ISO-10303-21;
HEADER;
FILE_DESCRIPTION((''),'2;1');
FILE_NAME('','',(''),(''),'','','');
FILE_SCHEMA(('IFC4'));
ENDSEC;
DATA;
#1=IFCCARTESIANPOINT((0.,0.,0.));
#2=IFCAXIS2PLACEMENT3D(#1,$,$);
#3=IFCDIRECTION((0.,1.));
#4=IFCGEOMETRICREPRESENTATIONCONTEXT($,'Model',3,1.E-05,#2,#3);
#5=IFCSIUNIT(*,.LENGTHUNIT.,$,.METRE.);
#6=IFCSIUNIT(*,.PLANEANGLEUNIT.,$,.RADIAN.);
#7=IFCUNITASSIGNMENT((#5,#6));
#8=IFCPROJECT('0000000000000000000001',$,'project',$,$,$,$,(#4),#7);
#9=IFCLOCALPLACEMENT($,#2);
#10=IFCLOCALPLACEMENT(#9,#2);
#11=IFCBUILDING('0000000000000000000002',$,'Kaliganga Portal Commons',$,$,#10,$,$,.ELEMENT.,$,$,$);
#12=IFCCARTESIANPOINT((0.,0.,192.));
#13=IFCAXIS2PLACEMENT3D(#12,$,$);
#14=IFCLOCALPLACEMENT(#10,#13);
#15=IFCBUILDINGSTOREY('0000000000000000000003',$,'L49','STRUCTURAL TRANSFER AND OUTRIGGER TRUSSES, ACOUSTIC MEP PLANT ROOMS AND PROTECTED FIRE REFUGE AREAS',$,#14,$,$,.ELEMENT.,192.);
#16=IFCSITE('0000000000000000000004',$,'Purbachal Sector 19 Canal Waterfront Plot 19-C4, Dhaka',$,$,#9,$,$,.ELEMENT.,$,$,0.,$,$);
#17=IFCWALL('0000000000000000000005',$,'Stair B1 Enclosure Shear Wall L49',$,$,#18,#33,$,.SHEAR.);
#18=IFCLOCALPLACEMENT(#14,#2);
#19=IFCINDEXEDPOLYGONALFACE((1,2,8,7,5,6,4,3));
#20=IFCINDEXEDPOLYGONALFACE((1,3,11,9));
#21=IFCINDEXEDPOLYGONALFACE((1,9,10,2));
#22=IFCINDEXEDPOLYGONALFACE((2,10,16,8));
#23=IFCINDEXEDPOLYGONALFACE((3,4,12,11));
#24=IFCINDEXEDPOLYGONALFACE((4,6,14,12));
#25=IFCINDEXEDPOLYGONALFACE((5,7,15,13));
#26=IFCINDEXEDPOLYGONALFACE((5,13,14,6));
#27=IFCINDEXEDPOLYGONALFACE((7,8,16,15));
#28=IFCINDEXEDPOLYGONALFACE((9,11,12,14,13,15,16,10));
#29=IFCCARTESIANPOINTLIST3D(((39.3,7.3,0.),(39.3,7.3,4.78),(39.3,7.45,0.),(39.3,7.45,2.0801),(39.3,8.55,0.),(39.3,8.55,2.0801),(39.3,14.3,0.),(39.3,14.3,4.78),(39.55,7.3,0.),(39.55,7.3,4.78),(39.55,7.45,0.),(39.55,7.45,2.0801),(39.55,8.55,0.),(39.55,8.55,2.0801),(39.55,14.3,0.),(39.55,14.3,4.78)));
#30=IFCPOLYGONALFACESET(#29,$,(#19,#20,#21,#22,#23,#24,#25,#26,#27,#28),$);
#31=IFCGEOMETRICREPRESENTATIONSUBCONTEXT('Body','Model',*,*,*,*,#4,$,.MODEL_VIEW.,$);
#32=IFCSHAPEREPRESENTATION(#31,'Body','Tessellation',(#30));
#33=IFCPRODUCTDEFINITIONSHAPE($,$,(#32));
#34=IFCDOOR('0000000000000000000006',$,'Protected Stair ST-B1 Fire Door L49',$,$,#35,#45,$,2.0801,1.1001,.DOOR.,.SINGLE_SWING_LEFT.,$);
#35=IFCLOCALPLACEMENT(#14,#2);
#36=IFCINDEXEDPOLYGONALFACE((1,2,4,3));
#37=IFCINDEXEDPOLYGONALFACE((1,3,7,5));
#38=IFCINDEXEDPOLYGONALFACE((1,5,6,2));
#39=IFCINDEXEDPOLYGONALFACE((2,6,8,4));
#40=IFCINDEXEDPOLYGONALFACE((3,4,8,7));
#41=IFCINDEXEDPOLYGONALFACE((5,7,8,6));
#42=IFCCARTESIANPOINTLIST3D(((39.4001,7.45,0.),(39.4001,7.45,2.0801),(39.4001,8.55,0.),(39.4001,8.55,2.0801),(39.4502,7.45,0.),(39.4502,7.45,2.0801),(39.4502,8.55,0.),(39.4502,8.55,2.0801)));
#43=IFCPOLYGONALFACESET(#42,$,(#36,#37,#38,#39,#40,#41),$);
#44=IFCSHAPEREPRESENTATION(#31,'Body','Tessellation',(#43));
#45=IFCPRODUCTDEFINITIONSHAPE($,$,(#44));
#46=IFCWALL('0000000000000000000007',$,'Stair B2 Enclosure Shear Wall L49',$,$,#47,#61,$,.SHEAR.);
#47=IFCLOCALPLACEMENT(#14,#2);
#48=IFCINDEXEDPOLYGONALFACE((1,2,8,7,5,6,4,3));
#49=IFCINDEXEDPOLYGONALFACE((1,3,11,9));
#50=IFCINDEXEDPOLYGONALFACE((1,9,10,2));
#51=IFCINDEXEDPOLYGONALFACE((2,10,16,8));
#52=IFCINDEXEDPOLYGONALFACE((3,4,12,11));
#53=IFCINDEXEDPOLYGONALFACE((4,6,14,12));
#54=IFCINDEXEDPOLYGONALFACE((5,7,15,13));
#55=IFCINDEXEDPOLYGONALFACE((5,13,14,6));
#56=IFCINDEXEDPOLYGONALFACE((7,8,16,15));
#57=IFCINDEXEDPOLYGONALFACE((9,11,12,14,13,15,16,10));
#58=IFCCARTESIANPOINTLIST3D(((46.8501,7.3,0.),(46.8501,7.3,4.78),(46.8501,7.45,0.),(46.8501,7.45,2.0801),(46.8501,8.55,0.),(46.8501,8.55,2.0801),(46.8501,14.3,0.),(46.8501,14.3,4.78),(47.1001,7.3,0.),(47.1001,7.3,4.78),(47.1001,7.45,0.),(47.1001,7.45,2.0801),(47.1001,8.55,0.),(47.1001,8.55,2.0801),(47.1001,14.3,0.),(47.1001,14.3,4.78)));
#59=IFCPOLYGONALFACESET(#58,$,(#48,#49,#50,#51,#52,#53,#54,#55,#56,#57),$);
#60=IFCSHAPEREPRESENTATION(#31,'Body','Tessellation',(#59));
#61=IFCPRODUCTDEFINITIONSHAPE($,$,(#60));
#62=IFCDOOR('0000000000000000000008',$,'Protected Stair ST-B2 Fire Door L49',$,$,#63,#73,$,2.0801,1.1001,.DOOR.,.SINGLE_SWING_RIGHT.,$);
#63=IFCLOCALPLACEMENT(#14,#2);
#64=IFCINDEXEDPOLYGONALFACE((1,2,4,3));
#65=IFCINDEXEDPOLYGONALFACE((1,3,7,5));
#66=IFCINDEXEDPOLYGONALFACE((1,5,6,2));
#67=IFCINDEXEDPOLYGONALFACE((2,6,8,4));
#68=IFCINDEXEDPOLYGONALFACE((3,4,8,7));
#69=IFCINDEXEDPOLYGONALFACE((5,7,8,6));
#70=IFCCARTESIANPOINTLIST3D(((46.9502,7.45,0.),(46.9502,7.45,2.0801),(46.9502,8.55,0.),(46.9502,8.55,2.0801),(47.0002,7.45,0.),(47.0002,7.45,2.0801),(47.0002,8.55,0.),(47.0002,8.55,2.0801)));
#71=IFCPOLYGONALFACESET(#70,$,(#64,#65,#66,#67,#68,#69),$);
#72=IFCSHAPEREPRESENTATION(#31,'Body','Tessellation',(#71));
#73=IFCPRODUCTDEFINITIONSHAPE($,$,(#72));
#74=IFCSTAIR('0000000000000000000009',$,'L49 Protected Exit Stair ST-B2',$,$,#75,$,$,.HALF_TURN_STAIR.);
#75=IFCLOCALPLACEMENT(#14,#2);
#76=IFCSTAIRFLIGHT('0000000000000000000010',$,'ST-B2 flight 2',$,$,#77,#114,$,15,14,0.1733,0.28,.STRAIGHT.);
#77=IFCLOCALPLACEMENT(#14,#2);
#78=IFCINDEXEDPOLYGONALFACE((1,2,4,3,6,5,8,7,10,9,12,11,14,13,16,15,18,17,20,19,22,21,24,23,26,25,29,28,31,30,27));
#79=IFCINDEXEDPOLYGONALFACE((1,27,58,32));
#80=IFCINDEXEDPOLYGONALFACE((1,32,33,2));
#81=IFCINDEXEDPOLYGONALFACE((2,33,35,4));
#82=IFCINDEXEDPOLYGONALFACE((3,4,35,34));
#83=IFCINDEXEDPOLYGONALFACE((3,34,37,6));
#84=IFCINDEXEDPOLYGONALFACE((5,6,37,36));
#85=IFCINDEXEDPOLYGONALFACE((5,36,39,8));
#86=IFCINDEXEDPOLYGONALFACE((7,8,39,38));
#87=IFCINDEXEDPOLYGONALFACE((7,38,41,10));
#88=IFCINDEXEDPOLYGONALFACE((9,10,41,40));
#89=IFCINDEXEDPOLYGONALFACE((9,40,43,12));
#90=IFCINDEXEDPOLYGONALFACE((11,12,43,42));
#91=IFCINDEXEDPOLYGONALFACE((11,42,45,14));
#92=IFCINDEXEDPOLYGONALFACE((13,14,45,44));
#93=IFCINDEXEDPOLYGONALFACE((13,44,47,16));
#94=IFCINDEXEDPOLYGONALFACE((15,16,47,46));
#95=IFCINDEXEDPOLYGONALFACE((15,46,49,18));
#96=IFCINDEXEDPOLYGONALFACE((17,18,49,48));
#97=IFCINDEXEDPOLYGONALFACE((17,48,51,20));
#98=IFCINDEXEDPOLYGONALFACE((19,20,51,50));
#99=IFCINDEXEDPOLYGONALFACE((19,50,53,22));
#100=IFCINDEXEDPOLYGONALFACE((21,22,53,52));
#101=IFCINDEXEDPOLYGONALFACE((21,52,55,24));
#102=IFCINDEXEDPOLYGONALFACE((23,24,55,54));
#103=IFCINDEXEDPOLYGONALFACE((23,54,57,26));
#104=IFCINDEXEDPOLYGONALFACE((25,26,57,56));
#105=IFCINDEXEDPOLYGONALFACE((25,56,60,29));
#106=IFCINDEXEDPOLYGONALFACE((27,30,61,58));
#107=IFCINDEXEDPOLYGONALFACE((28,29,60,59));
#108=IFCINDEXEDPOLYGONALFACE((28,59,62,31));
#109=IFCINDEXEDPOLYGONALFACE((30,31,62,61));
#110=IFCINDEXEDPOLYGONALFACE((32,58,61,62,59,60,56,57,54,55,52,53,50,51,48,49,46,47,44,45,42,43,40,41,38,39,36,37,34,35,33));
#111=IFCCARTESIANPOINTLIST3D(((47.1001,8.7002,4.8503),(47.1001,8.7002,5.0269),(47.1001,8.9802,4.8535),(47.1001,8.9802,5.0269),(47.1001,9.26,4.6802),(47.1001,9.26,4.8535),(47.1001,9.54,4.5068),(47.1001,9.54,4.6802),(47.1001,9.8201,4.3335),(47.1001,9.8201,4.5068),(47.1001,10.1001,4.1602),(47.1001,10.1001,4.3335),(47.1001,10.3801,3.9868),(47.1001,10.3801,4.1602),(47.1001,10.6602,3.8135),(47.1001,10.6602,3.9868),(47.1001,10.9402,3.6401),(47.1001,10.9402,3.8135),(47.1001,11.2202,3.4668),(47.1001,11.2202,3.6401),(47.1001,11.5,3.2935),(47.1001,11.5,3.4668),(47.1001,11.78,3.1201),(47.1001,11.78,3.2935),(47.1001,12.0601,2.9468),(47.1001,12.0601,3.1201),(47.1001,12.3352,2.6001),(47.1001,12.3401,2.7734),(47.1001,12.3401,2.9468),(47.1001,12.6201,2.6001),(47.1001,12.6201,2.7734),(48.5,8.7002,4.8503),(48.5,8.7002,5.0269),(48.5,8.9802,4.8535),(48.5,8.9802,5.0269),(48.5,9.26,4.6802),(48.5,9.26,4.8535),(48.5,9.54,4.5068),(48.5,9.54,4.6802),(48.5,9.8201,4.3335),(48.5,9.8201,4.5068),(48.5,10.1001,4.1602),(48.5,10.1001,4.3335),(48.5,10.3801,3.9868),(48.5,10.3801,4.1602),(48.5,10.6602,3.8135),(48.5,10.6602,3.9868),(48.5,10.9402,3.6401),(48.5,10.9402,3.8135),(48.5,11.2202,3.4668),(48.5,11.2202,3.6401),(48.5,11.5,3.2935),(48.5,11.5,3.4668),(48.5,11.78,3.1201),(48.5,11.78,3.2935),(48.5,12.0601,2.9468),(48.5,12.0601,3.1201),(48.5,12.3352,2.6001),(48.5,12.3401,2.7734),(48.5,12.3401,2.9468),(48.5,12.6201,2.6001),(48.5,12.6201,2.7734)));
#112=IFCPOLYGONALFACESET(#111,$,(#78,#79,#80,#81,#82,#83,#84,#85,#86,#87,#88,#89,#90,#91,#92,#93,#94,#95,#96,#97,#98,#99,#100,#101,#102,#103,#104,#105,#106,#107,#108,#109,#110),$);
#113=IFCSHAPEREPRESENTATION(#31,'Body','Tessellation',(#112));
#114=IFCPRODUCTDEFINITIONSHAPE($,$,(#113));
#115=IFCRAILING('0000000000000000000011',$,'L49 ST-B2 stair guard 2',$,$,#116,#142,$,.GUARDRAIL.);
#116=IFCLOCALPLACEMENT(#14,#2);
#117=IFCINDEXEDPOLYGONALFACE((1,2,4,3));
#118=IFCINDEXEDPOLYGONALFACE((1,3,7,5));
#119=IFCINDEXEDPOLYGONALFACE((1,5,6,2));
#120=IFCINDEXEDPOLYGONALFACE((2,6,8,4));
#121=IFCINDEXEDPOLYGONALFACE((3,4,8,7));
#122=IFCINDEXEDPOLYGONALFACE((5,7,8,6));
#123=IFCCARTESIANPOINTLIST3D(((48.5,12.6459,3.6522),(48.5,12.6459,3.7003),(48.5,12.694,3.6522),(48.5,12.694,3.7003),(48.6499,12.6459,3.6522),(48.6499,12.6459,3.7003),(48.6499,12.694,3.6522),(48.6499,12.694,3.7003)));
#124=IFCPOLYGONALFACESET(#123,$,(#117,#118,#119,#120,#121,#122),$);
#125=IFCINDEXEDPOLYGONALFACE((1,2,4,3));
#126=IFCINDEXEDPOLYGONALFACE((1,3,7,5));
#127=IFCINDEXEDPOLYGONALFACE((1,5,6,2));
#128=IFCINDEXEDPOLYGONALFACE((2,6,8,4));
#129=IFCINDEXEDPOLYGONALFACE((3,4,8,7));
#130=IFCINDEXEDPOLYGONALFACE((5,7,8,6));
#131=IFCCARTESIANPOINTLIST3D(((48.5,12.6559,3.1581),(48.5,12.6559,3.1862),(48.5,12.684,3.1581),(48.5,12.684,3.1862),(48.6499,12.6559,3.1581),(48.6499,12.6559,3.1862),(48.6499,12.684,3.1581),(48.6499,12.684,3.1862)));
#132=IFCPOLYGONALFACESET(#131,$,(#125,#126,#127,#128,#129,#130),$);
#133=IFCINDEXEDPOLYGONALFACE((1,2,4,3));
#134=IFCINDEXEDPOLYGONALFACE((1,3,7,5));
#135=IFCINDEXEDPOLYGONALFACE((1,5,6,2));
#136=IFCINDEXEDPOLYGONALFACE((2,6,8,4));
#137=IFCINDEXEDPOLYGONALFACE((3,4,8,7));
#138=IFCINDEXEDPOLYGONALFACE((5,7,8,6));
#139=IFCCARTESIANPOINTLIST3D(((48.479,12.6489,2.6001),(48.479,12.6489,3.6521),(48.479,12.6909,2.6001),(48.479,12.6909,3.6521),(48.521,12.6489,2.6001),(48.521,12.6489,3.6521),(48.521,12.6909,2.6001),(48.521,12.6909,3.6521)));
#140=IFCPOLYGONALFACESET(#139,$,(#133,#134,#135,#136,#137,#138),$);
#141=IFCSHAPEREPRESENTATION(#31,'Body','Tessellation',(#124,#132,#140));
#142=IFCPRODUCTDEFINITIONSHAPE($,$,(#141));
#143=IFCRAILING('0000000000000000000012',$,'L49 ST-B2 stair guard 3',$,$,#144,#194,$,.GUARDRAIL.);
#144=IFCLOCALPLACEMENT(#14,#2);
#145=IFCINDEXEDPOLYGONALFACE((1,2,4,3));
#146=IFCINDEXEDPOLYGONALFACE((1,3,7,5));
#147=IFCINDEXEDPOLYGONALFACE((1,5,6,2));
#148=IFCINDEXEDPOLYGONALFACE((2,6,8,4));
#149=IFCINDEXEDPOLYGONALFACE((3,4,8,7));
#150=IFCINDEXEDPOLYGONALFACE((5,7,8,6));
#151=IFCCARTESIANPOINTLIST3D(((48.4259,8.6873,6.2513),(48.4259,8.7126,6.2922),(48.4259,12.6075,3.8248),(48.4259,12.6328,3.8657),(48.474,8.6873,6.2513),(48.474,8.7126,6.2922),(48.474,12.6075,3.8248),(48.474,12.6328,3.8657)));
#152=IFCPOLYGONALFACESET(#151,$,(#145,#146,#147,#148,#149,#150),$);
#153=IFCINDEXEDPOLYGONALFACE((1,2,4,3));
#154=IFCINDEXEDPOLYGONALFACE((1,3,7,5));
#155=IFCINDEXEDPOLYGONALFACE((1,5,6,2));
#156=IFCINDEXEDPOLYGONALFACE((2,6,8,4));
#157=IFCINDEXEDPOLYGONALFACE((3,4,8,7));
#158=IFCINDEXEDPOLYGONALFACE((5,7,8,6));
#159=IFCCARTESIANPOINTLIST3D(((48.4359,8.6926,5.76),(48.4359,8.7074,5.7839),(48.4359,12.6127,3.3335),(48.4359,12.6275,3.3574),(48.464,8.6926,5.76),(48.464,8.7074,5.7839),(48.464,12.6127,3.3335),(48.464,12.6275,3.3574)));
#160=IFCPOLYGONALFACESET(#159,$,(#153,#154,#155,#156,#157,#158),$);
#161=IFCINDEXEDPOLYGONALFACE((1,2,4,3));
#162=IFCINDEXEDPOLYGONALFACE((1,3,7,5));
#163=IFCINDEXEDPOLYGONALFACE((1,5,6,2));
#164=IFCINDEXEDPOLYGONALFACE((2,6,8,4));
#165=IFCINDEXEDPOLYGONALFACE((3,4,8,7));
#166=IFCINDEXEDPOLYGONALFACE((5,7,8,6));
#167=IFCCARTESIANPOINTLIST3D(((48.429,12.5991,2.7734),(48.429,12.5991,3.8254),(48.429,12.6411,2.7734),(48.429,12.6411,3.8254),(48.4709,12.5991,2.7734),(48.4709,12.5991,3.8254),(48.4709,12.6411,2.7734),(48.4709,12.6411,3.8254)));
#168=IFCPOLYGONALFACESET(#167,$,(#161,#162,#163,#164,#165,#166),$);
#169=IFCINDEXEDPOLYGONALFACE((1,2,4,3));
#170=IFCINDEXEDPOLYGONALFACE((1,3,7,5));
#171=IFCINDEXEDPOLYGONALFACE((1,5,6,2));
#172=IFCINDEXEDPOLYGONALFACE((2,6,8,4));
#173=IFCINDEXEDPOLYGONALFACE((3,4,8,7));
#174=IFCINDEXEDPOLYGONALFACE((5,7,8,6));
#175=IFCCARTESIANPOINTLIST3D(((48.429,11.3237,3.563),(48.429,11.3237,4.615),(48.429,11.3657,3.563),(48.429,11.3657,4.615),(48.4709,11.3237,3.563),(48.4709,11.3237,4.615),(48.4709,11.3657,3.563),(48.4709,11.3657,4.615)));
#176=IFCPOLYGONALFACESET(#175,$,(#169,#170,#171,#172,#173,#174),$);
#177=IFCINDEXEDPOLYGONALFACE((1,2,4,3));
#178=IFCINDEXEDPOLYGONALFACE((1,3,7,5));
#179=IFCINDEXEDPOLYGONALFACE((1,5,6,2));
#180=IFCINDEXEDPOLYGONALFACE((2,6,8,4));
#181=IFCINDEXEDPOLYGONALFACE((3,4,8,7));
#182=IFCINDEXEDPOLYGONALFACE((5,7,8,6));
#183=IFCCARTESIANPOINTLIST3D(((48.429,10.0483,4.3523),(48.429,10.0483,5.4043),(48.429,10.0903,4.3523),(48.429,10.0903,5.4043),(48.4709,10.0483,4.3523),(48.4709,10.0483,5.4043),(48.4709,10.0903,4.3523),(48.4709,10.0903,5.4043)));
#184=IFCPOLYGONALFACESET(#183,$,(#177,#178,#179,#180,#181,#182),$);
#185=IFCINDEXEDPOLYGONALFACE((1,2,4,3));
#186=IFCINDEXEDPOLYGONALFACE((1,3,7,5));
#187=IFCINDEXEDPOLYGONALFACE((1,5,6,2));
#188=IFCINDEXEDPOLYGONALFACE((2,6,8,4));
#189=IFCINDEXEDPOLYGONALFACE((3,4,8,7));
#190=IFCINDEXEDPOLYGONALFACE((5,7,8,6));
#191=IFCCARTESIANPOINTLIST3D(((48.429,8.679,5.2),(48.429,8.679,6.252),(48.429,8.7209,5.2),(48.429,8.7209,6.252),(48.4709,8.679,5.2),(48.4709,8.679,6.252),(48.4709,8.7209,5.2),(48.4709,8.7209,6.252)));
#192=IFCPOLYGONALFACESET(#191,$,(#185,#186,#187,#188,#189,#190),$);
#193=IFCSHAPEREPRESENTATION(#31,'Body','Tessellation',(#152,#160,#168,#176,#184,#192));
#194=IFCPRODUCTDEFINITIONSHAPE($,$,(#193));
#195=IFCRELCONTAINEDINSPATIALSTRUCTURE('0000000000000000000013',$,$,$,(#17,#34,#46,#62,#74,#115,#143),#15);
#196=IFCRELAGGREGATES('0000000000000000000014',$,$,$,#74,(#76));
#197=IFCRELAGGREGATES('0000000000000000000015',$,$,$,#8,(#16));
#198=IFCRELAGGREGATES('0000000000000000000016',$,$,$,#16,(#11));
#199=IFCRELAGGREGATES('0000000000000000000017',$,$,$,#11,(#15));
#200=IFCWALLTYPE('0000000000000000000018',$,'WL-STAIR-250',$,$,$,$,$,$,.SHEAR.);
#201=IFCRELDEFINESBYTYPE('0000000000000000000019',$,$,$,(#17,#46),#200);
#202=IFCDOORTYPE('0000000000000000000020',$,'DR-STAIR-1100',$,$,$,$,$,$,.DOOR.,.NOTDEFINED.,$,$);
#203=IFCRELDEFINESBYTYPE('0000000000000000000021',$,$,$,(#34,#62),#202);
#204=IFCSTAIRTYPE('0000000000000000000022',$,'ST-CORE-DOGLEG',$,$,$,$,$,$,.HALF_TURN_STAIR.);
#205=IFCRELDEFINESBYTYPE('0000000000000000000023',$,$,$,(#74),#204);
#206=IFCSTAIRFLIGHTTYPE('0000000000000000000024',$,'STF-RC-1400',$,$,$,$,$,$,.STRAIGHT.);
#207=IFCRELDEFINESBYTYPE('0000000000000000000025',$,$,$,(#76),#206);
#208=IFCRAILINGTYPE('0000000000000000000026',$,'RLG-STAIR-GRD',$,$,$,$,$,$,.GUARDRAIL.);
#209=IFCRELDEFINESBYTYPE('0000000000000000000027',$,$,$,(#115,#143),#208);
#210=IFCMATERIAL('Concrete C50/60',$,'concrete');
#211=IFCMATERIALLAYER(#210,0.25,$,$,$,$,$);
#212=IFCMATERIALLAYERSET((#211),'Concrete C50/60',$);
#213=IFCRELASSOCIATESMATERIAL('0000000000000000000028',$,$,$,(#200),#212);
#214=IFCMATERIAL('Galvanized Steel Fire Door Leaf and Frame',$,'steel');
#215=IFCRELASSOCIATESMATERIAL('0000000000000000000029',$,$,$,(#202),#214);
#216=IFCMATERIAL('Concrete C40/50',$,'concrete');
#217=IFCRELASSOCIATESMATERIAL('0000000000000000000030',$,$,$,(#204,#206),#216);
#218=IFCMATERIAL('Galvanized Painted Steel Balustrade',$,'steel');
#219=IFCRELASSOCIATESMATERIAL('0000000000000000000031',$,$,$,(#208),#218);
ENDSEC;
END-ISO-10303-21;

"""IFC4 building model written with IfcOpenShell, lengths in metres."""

from ifc_helpers import new_model, si_unit, direction, frame, frame_2d, origin, origin_2d, place, context, subcontext, project, spatial, polyline, rectangle, outline, extrude, material, layer, layer_set, type_object, element, fill, aggregate, save


model = new_model("IFC4")

# Units and contexts
model_context = context("Model", 3, precision=1e-05, world=origin(), true_north=direction((0.0, 1.0)))
body_context = subcontext(model_context, "Body", "Model", "MODEL_VIEW")
ifc_project = project(units=[si_unit("LENGTHUNIT", "METRE"), si_unit("PLANEANGLEUNIT", "RADIAN")], contexts=[model_context])

# Site, building, storey
site_placement = place(None, origin())
site = spatial("IfcSite", under=ifc_project, at=site_placement, Name="Purbachal Sector 19 Canal Waterfront Plot 19-C4, Dhaka", CompositionType="ELEMENT", RefElevation=0.0)
building_placement = place(site_placement, origin())
building = spatial("IfcBuilding", under=site, at=building_placement, Name="Kaliganga Portal Commons", CompositionType="ELEMENT")
storey_placement = place(building_placement, frame((0.0, 0.0, 192.0)))
storey = spatial("IfcBuildingStorey", under=building, at=storey_placement, Name="L49", Description="STRUCTURAL TRANSFER AND OUTRIGGER TRUSSES, ACOUSTIC MEP PLANT ROOMS AND PROTECTED FIRE REFUGE AREAS", CompositionType="ELEMENT", Elevation=192.0)

# Shared definitions
ifc_material_1 = material(Name="Concrete C50/60", Category="concrete")

# Walls, openings, doors
ifc_layer_1 = layer(ifc_material_1, 0.25)
ifc_layer_set_1 = layer_set([ifc_layer_1], Name="Concrete C50/60")
wall_type_1 = type_object("IfcWallType", Name="WL-STAIR-250", PredefinedType="SHEAR", material=ifc_layer_set_1)
wall_1_placement = place(storey_placement, frame((39.425, 7.3, 0.0), z_axis=(0.0, 0.0, 1.0), x_axis=(0.0, 1.0, 0.0)))
wall_1 = element("IfcWall", 1, at=wall_1_placement, inside=storey, type_object=wall_type_1, Name="Stair B1 Enclosure Shear Wall L49", PredefinedType="SHEAR", context=body_context, shape_type="SweptSolid", body=[
    extrude(rectangle(XDim=7.0, YDim=0.25, at=frame_2d((3.5, 0.0))), origin(), (0.0, 0.0, 1.0), 4.78),
])
opening_1_placement = place(wall_1_placement, frame((0.1499, 0.0, 0.0)))
opening_1 = element("IfcOpeningElement", 2, at=opening_1_placement, cuts=wall_1, PredefinedType="OPENING", context=body_context, shape_type="SweptSolid", body=[
    extrude(rectangle(XDim=1.1001, YDim=2.0801, at=frame_2d((0.55, 1.04))), frame((0.0, 0.135, 0.0), z_axis=(0.0, -1.0, 0.0), x_axis=(1.0, 0.0, 0.0)), (0.0, 0.0, 1.0), 0.27),
])
ifc_material_2 = material(Name="Galvanized Steel Fire Door Leaf and Frame", Category="steel")
door_type_1 = type_object("IfcDoorType", Name="DR-STAIR-1100", OperationType="NOTDEFINED", PredefinedType="DOOR", material=ifc_material_2)
door_1_placement = place(opening_1_placement, origin())
door_1 = element("IfcDoor", 3, at=door_1_placement, inside=storey, type_object=door_type_1, Name="Protected Stair ST-B1 Fire Door L49", OperationType="SINGLE_SWING_LEFT", OverallHeight=2.0801, OverallWidth=1.1001, PredefinedType="DOOR", context=body_context, shape_type="SweptSolid", body=[
    extrude(rectangle(XDim=1.1001, YDim=2.0801, at=frame_2d((0.55, 1.04))), frame((0.0, 0.0249, 0.0), z_axis=(0.0, -1.0, 0.0), x_axis=(1.0, 0.0, 0.0)), (0.0, 0.0, 1.0), 0.05),
])
fill(opening_1, door_1)
wall_2_placement = place(storey_placement, frame((46.9751, 7.3, 0.0), z_axis=(0.0, 0.0, 1.0), x_axis=(0.0, 1.0, 0.0)))
wall_2 = element("IfcWall", 4, at=wall_2_placement, inside=storey, type_object=wall_type_1, Name="Stair B2 Enclosure Shear Wall L49", PredefinedType="SHEAR", context=body_context, shape_type="SweptSolid", body=[
    extrude(rectangle(XDim=7.0, YDim=0.25, at=frame_2d((3.5, 0.0))), origin(), (0.0, 0.0, 1.0), 4.78),
])
opening_2_placement = place(wall_2_placement, frame((0.1499, 0.0, 0.0)))
opening_2 = element("IfcOpeningElement", 5, at=opening_2_placement, cuts=wall_2, PredefinedType="OPENING", context=body_context, shape_type="SweptSolid", body=[
    extrude(rectangle(XDim=1.1001, YDim=2.0801, at=frame_2d((0.55, 1.04))), frame((0.0, 0.135, 0.0), z_axis=(0.0, -1.0, 0.0), x_axis=(1.0, 0.0, 0.0)), (0.0, 0.0, 1.0), 0.27),
])
door_2_placement = place(opening_2_placement, origin())
door_2 = element("IfcDoor", 6, at=door_2_placement, inside=storey, type_object=door_type_1, Name="Protected Stair ST-B2 Fire Door L49", OperationType="SINGLE_SWING_RIGHT", OverallHeight=2.0801, OverallWidth=1.1001, PredefinedType="DOOR", context=body_context, shape_type="SweptSolid", body=[
    extrude(rectangle(XDim=1.1001, YDim=2.0801, at=frame_2d((0.55, 1.04))), frame((0.0, 0.0249, 0.0), z_axis=(0.0, -1.0, 0.0), x_axis=(1.0, 0.0, 0.0)), (0.0, 0.0, 1.0), 0.05),
])
fill(opening_2, door_2)

# Stair, stair flight
ifc_material_3 = material(Name="Concrete C40/50", Category="concrete")
stair_type = type_object("IfcStairType", Name="ST-CORE-DOGLEG", PredefinedType="HALF_TURN_STAIR", material=ifc_material_3)
stair_placement = place(storey_placement, origin())
stair = element("IfcStair", 7, at=stair_placement, inside=storey, type_object=stair_type, Name="L49 Protected Exit Stair ST-B2", PredefinedType="HALF_TURN_STAIR")
stair_flight_type = type_object("IfcStairFlightType", Name="STF-RC-1400", PredefinedType="STRAIGHT", material=ifc_material_3)
stair_flight_placement = place(storey_placement, frame((47.8, 12.6201, 2.6001), z_axis=(0.0, 0.0, 1.0), x_axis=(0.0, -1.0, 0.0)))
stair_flight = element("IfcStairFlight", 8, at=stair_flight_placement, type_object=stair_flight_type, Name="ST-B2 flight 2", NumberOfRisers=15, NumberOfTreads=14, PredefinedType="STRAIGHT", RiserHeight=0.1733, TreadLength=0.28, context=body_context, shape_type="SweptSolid", body=[
    extrude(outline(polyline([(0.0, 0.0), (0.0, 0.1733), (0.28, 0.1733), (0.28, 0.3467), (0.5601, 0.3467), (0.5601, 0.52), (0.8401, 0.52), (0.8401, 0.6934), (1.1201, 0.6934), (1.1201, 0.8667), (1.3999, 0.8667), (1.3999, 1.04), (1.6799, 1.04), (1.6799, 1.2134), (1.96, 1.2134), (1.96, 1.3867), (2.24, 1.3867), (2.24, 1.5601), (2.52, 1.5601), (2.52, 1.7334), (2.8, 1.7334), (2.8, 1.9067), (3.0801, 1.9067), (3.0801, 2.0801), (3.3601, 2.0801), (3.3601, 2.2534), (3.6399, 2.2534), (3.6399, 2.4268), (3.9199, 2.4268), (3.9199, 2.6001), (3.9199, 2.2502), (0.2849, 0.0), (0.0, 0.0)])), frame((0.0, 0.7, 0.0), z_axis=(0.0, -1.0, 0.0), x_axis=(1.0, 0.0, 0.0)), (0.0, 0.0, 1.0), 1.3999),
])
aggregate(stair, [stair_flight])

# Railings
ifc_material_4 = material(Name="Galvanized Painted Steel Balustrade", Category="steel")
railing_type_1 = type_object("IfcRailingType", Name="RLG-STAIR-GRD", PredefinedType="GUARDRAIL", material=ifc_material_4)
railing_1_placement = place(storey_placement, frame((48.6499, 12.6699, 2.6001)))
element("IfcRailing", 9, at=railing_1_placement, inside=storey, type_object=railing_type_1, Name="L49 ST-B2 stair guard 2", PredefinedType="GUARDRAIL", context=body_context, shape_type="SweptSolid", body=[
    extrude(rectangle(XDim=0.0481, YDim=0.0481, at=origin_2d()), frame((0.0, 0.0, 1.0762), z_axis=(-1.0, 0.0, 0.0), x_axis=(0.0, -1.0, 0.0)), (0.0, 0.0, 1.0), 0.1499),
    extrude(rectangle(XDim=0.0281, YDim=0.0281, at=origin_2d()), frame((0.0, 0.0, 0.572), z_axis=(-1.0, 0.0, 0.0), x_axis=(0.0, -1.0, 0.0)), (0.0, 0.0, 1.0), 0.1499),
    extrude(rectangle(XDim=0.042, YDim=0.042, at=origin_2d()), frame((-0.1499, 0.0, 0.0)), (0.0, 0.0, 1.0), 1.052),
])
railing_2_placement = place(storey_placement, frame((48.45, 12.6201, 2.7734)))
element("IfcRailing", 10, at=railing_2_placement, inside=storey, type_object=railing_type_1, Name="L49 ST-B2 stair guard 3", PredefinedType="GUARDRAIL", context=body_context, shape_type="SweptSolid", body=[
    extrude(rectangle(XDim=0.0481, YDim=0.0481, at=origin_2d()), frame((0.0, 0.0, 1.0718), z_axis=(0.0, -0.85029, 0.526315), x_axis=(1.0, 0.0, 0.0)), (0.0, 0.0, 1.0), 4.6104),
    extrude(rectangle(XDim=0.0281, YDim=0.0281, at=origin_2d()), frame((0.0, 0.0, 0.572), z_axis=(0.0, -0.85029, 0.526315), x_axis=(1.0, 0.0, 0.0)), (0.0, 0.0, 1.0), 4.6104),
    extrude(rectangle(XDim=0.042, YDim=0.042, at=origin_2d()), origin(), (0.0, 0.0, 1.0), 1.052),
    extrude(rectangle(XDim=0.042, YDim=0.042, at=origin_2d()), frame((0.0, -1.2754, 0.7896)), (0.0, 0.0, 1.0), 1.052),
    extrude(rectangle(XDim=0.042, YDim=0.042, at=origin_2d()), frame((0.0, -2.5508, 1.5789)), (0.0, 0.0, 1.0), 1.052),
    extrude(rectangle(XDim=0.042, YDim=0.042, at=origin_2d()), frame((0.0, -3.9202, 2.4265)), (0.0, 0.0, 1.0), 1.052),
])

save(model, "model.ifc")
